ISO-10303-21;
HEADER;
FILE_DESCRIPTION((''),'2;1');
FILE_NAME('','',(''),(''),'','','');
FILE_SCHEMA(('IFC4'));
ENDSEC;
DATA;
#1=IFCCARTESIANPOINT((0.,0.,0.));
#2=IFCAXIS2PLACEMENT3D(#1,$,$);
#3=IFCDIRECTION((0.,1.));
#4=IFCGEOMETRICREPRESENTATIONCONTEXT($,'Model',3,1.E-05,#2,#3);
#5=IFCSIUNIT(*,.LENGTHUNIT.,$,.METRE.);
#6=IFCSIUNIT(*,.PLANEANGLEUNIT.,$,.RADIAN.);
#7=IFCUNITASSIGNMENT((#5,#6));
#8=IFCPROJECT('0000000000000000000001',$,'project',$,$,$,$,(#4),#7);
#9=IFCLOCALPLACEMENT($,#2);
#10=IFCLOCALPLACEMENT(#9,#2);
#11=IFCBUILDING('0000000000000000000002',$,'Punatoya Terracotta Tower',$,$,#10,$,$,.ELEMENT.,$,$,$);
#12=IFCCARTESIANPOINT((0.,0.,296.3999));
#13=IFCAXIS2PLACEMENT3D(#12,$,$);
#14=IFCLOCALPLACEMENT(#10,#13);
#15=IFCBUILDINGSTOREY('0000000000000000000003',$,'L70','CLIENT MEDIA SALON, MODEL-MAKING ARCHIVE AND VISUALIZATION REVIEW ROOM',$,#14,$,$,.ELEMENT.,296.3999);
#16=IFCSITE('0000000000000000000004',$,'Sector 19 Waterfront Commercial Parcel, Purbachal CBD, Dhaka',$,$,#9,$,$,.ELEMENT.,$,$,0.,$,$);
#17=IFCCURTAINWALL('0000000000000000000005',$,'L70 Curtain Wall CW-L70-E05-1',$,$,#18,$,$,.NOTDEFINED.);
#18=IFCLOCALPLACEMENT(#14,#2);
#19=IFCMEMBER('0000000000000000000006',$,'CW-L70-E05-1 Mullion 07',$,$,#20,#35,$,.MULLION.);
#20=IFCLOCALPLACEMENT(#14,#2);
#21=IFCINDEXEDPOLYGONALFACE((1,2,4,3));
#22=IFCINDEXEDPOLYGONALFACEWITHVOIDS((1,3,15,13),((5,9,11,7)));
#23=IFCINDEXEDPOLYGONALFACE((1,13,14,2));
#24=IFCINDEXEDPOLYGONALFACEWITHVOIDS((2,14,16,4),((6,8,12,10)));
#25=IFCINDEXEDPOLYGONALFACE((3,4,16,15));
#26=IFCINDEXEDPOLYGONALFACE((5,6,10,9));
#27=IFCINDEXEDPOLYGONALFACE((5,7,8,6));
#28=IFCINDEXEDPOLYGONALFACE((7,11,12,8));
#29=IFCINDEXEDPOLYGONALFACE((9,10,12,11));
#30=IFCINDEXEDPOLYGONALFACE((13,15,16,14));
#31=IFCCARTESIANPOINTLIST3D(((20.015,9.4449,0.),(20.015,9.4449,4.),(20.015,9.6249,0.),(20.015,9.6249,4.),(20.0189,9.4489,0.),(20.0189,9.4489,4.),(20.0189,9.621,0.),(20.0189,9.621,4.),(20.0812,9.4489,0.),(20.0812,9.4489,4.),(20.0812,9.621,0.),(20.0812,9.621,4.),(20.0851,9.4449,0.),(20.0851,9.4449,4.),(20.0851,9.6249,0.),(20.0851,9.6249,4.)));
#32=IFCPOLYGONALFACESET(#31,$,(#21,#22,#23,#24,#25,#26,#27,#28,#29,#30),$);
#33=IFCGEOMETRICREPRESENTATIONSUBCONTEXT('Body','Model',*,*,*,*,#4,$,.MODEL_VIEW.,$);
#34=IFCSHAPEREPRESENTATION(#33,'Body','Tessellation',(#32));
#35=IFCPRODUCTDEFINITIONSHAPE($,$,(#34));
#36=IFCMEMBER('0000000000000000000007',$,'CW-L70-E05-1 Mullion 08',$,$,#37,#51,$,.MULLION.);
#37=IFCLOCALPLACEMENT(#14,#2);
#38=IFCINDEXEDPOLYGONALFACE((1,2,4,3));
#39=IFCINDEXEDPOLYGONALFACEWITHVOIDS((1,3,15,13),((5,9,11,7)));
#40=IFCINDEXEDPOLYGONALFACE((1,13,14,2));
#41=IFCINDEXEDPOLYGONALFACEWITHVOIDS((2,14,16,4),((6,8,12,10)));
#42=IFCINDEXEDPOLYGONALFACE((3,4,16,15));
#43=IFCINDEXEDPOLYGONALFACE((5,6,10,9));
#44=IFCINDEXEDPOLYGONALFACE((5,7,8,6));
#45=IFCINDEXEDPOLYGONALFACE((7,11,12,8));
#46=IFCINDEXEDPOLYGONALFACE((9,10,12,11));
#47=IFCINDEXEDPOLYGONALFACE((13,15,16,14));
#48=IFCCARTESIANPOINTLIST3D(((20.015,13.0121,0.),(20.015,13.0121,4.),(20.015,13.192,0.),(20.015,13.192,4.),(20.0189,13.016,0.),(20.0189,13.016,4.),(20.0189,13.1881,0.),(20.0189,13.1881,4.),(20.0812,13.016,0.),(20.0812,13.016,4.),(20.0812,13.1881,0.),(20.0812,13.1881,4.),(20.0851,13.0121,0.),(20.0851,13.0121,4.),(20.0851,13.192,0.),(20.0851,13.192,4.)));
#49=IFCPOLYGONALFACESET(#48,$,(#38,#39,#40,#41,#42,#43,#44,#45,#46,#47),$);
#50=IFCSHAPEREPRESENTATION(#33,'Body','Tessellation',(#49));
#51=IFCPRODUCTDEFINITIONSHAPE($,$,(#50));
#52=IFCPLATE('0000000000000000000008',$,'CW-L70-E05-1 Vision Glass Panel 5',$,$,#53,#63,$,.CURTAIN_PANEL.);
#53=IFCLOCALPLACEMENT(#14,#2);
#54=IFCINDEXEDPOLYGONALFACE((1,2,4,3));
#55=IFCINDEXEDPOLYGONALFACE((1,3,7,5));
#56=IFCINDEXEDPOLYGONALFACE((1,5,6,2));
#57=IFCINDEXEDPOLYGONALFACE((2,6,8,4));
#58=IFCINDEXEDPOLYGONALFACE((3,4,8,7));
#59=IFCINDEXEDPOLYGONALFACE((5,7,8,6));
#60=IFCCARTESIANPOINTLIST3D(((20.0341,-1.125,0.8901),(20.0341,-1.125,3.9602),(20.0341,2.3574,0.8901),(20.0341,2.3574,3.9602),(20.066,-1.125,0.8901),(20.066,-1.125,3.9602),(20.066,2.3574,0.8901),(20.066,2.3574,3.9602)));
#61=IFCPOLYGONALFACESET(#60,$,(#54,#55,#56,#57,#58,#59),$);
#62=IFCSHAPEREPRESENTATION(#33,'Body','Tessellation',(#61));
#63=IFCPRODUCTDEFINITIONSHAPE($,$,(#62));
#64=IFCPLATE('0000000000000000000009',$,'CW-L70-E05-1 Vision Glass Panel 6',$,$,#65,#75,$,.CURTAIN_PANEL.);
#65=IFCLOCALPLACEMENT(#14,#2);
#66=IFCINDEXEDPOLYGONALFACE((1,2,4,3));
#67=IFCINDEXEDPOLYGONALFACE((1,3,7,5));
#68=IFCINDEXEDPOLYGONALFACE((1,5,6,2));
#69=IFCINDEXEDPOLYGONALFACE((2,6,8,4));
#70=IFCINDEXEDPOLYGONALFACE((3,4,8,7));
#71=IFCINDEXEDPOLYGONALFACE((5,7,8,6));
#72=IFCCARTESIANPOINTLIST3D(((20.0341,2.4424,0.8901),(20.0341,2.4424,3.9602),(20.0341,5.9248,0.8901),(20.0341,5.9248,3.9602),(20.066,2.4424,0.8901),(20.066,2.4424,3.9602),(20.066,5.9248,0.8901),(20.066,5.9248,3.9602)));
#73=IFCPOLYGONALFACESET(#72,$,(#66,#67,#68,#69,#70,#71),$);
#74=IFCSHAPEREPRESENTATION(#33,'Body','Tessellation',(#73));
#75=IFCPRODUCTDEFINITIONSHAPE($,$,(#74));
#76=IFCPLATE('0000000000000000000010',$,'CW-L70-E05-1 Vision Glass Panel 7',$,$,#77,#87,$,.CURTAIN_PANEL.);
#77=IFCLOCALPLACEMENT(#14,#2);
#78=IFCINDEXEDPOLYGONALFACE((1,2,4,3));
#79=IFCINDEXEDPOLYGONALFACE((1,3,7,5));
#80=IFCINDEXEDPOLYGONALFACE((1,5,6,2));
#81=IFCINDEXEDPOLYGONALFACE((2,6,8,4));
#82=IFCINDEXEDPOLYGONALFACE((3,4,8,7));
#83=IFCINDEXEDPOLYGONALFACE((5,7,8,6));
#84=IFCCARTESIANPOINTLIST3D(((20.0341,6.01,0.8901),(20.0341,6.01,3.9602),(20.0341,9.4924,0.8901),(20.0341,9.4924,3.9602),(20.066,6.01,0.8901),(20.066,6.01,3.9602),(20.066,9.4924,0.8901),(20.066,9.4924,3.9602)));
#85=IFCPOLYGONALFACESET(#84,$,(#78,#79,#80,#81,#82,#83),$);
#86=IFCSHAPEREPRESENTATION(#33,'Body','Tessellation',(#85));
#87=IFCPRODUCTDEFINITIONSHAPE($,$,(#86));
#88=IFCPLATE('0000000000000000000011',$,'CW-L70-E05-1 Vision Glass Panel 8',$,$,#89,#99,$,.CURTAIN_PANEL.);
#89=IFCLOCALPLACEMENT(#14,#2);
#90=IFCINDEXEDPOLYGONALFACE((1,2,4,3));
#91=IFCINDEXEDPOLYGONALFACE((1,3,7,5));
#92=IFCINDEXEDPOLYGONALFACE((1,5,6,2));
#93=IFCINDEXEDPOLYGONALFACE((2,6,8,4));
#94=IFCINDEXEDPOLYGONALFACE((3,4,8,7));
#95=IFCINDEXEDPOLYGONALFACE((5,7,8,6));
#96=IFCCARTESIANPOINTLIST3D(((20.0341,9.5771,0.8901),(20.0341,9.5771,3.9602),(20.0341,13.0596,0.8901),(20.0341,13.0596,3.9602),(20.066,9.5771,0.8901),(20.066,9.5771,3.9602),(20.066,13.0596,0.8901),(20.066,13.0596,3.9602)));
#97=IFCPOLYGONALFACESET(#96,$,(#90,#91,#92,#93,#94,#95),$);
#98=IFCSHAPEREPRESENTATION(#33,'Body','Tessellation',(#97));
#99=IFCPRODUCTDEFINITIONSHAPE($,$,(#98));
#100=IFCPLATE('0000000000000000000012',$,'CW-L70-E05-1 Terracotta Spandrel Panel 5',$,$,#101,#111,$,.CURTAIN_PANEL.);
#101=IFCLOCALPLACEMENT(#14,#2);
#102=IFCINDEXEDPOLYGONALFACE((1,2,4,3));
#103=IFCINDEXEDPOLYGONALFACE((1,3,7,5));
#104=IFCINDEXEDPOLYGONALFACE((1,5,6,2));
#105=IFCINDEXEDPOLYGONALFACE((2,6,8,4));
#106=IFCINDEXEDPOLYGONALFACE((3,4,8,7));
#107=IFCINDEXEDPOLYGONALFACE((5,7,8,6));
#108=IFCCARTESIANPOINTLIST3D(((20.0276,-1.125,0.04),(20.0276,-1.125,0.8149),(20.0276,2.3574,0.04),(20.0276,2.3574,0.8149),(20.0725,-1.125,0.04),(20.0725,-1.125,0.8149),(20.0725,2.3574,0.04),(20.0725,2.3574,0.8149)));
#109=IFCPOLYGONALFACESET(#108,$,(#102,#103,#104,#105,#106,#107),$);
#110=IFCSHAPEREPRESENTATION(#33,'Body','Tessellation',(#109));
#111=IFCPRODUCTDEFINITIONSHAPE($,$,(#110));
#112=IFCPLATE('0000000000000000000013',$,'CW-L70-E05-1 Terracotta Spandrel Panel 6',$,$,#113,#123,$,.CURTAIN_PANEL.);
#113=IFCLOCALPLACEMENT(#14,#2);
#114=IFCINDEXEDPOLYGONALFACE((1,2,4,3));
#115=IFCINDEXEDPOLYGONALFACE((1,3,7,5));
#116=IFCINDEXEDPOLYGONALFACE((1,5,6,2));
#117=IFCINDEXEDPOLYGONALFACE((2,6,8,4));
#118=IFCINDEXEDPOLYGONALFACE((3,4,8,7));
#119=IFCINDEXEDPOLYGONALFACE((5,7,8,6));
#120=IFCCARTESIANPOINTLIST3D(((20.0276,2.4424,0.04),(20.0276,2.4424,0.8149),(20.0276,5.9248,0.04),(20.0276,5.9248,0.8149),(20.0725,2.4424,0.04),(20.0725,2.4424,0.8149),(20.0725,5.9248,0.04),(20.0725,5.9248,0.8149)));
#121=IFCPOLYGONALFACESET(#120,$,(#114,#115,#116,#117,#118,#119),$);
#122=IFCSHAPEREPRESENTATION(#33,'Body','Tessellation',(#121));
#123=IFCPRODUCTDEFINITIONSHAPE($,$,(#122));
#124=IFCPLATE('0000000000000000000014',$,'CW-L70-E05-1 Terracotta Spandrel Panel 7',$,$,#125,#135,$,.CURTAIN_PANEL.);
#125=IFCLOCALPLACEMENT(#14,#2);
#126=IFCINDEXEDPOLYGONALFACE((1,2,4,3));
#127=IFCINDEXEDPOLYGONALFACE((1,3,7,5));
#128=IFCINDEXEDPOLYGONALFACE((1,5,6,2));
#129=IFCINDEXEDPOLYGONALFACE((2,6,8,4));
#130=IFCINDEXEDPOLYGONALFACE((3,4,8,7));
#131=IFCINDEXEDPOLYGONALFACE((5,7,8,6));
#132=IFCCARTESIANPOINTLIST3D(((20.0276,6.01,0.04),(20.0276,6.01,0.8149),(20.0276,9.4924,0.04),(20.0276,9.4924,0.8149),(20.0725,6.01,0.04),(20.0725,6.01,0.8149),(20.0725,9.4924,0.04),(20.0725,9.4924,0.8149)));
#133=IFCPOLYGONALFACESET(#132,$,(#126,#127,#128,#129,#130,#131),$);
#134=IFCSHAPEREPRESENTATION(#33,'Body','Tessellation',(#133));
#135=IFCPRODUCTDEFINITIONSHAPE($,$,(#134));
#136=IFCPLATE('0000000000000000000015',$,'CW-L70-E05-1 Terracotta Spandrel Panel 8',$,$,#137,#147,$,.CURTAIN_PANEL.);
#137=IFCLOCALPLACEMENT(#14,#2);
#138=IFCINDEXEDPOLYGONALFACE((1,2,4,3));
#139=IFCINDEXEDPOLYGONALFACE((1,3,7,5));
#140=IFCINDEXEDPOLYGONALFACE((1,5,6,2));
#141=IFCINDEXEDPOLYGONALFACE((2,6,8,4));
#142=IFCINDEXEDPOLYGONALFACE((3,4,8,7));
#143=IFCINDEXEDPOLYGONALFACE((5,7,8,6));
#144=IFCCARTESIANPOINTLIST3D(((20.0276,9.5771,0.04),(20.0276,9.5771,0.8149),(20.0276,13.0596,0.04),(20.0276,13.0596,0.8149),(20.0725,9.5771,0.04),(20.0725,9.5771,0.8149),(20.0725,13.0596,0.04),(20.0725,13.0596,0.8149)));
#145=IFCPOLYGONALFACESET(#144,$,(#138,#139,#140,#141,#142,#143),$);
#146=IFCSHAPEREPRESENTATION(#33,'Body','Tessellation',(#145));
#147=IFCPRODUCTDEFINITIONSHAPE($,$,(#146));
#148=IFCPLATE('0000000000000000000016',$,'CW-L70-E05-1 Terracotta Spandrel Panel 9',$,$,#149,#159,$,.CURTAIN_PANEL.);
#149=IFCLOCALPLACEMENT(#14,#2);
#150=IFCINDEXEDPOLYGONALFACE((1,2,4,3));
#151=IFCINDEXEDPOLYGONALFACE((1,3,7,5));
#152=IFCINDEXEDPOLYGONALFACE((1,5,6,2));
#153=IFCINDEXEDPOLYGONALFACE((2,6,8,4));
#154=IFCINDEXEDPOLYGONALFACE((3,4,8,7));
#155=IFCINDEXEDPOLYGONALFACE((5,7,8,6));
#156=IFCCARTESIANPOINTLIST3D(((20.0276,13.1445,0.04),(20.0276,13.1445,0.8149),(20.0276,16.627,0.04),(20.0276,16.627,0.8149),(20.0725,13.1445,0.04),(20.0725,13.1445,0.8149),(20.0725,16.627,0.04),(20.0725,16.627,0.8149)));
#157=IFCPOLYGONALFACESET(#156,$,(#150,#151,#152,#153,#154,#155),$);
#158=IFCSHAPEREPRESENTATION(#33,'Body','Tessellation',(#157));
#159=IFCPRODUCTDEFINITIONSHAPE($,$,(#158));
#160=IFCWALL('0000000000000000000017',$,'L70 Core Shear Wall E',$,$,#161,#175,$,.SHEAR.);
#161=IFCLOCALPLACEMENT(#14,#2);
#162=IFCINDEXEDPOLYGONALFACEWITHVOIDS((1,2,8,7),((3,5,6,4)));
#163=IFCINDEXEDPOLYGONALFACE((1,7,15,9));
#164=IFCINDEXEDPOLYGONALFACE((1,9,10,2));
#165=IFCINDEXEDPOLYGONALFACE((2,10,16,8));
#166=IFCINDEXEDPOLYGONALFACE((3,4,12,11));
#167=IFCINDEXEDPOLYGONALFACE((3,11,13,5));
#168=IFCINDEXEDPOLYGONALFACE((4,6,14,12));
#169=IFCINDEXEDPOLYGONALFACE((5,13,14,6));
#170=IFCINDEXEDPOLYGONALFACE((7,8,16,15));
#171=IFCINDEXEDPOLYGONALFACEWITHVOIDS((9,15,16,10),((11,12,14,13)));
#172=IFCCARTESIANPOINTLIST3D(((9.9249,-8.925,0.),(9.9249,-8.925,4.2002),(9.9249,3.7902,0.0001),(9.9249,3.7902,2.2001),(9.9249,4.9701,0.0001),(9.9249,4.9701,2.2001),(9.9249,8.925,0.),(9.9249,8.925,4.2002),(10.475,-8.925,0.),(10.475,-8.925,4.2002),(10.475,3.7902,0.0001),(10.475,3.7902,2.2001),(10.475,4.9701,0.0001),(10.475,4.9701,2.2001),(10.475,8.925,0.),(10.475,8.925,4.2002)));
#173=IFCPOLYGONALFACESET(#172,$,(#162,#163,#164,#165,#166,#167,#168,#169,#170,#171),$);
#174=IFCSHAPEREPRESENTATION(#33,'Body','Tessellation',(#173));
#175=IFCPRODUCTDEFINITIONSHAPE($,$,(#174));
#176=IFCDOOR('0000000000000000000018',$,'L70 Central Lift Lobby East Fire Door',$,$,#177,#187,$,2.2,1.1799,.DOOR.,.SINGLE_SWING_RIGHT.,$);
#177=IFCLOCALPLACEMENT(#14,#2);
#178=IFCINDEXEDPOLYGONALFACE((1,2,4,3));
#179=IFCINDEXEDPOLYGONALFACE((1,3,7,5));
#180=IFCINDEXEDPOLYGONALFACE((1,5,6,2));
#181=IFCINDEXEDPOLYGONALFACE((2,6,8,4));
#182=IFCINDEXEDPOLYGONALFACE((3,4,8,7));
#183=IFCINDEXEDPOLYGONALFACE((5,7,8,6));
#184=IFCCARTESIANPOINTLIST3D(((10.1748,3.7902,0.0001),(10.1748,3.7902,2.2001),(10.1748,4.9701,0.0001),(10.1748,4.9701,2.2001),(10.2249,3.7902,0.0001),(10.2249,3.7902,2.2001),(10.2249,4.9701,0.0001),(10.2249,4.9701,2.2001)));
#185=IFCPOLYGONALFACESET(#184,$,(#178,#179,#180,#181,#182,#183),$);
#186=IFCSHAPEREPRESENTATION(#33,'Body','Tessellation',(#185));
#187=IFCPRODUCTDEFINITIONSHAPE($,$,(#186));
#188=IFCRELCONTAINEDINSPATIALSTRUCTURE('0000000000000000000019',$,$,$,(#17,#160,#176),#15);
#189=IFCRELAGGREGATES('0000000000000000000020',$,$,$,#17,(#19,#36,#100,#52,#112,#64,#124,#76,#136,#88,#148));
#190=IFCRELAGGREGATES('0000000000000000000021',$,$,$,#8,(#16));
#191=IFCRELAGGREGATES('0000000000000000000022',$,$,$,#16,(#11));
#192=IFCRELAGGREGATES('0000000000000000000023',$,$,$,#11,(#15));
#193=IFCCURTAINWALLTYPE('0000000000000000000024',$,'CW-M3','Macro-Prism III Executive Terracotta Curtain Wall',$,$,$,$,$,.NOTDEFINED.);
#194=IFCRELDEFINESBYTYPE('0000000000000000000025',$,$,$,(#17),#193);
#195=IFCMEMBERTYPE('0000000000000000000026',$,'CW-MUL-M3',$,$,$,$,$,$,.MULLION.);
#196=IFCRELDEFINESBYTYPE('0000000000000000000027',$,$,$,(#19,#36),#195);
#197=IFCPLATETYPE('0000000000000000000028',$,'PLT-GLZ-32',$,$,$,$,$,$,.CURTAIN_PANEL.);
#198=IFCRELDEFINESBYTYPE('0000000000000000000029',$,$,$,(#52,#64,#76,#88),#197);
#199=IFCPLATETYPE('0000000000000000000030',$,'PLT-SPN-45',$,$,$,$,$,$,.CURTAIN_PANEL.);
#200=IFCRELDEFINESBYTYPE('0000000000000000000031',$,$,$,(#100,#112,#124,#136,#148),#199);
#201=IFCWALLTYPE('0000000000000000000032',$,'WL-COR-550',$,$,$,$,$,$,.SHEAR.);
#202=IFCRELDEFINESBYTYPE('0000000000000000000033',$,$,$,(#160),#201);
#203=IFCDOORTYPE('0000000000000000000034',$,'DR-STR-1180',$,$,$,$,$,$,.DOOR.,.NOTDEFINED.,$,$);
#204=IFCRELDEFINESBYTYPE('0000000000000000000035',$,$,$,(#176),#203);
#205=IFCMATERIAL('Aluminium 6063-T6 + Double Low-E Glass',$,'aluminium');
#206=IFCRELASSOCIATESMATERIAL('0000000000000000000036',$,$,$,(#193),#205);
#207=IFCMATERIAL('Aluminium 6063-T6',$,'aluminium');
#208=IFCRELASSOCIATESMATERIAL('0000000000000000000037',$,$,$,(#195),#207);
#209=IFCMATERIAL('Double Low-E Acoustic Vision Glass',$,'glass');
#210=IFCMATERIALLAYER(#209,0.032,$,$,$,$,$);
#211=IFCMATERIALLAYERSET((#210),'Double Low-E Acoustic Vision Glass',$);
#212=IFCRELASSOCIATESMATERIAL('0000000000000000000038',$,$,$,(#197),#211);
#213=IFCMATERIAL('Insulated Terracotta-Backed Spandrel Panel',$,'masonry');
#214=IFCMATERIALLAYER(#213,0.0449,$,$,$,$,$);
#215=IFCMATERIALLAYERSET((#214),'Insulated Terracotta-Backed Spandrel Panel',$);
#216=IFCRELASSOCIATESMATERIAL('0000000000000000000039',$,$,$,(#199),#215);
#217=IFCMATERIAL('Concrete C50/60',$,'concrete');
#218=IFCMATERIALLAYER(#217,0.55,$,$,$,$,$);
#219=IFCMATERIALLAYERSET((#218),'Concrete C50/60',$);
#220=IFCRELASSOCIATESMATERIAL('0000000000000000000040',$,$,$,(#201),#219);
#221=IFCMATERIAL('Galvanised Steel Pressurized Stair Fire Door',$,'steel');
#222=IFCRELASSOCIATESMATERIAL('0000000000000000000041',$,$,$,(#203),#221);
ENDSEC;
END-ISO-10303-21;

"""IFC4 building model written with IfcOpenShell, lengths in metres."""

from ifc_helpers import new_model, si_unit, direction, frame, frame_2d, origin, origin_2d, place, context, subcontext, project, spatial, rectangle, hollow_rectangle, extrude, material, layer, layer_set, material_profile, profile_set, type_object, element, fill, aggregate, save


model = new_model("IFC4")

# Units and contexts
model_context = context("Model", 3, precision=1e-05, world=origin(), true_north=direction((0.0, 1.0)))
body_context = subcontext(model_context, "Body", "Model", "MODEL_VIEW")
ifc_project = project(units=[si_unit("LENGTHUNIT", "METRE"), si_unit("PLANEANGLEUNIT", "RADIAN")], contexts=[model_context])

# Site, building, storey
site_placement = place(None, origin())
site = spatial("IfcSite", under=ifc_project, at=site_placement, Name="Sector 19 Waterfront Commercial Parcel, Purbachal CBD, Dhaka", CompositionType="ELEMENT", RefElevation=0.0)
building_placement = place(site_placement, origin())
building = spatial("IfcBuilding", under=site, at=building_placement, Name="Punatoya Terracotta Tower", CompositionType="ELEMENT")
storey_placement = place(building_placement, frame((0.0, 0.0, 296.3999)))
storey = spatial("IfcBuildingStorey", under=building, at=storey_placement, Name="L70", Description="CLIENT MEDIA SALON, MODEL-MAKING ARCHIVE AND VISUALIZATION REVIEW ROOM", CompositionType="ELEMENT", Elevation=296.3999)

# Curtain wall, members, plates
ifc_material_1 = material(Name="Aluminium 6063-T6 + Double Low-E Glass", Category="aluminium")
curtain_wall_type = type_object("IfcCurtainWallType", Name="CW-M3", Description="Macro-Prism III Executive Terracotta Curtain Wall", PredefinedType="NOTDEFINED", material=ifc_material_1)
curtain_wall_placement = place(storey_placement, origin())
curtain_wall = element("IfcCurtainWall", 1, at=curtain_wall_placement, inside=storey, type_object=curtain_wall_type, Name="L70 Curtain Wall CW-L70-E05-1", PredefinedType="NOTDEFINED")
ifc_material_2 = material(Name="Aluminium 6063-T6", Category="aluminium")
ifc_material_profile_1 = material_profile(ifc_material_2, hollow_rectangle(XDim=0.0701, YDim=0.1799, WallThickness=0.0039, at=origin_2d()))
ifc_profile_set_1 = profile_set([ifc_material_profile_1], Name="Aluminium 6063-T6")
member_type = type_object("IfcMemberType", Name="CW-MUL-M3", PredefinedType="MULLION", material=ifc_profile_set_1)
member_1_placement = place(storey_placement, frame((20.05, 9.5349, 0.0), z_axis=(0.0, 0.0, 1.0), x_axis=(1.0, 0.0, 0.0)))
member_1 = element("IfcMember", 2, at=member_1_placement, type_object=member_type, Name="CW-L70-E05-1 Mullion 07", PredefinedType="MULLION", context=body_context, shape_type="SweptSolid", body=[
    extrude(hollow_rectangle(XDim=0.0701, YDim=0.1799, WallThickness=0.0039, at=origin_2d()), origin(), (0.0, 0.0, 1.0), 4.0),
])
member_2_placement = place(storey_placement, frame((20.05, 13.1021, 0.0), z_axis=(0.0, 0.0, 1.0), x_axis=(1.0, 0.0, 0.0)))
member_2 = element("IfcMember", 3, at=member_2_placement, type_object=member_type, Name="CW-L70-E05-1 Mullion 08", PredefinedType="MULLION", context=body_context, shape_type="SweptSolid", body=[
    extrude(hollow_rectangle(XDim=0.0701, YDim=0.1799, WallThickness=0.0039, at=origin_2d()), origin(), (0.0, 0.0, 1.0), 4.0),
])
ifc_material_3 = material(Name="Double Low-E Acoustic Vision Glass", Category="glass")
ifc_layer_1 = layer(ifc_material_3, 0.032)
ifc_layer_set_1 = layer_set([ifc_layer_1], Name="Double Low-E Acoustic Vision Glass")
plate_type_1 = type_object("IfcPlateType", Name="PLT-GLZ-32", PredefinedType="CURTAIN_PANEL", material=ifc_layer_set_1)
plate_1_placement = place(storey_placement, frame((20.05, 0.6162, 0.8901), z_axis=(0.0, 0.0, 1.0), x_axis=(0.0, 1.0, 0.0)))
plate_1 = element("IfcPlate", 4, at=plate_1_placement, type_object=plate_type_1, Name="CW-L70-E05-1 Vision Glass Panel 5", PredefinedType="CURTAIN_PANEL", context=body_context, shape_type="SweptSolid", body=[
    extrude(rectangle(XDim=3.4824, YDim=0.032, at=origin_2d()), origin(), (0.0, 0.0, 1.0), 3.0701),
])
plate_2_placement = place(storey_placement, frame((20.05, 4.1836, 0.8901), z_axis=(0.0, 0.0, 1.0), x_axis=(0.0, 1.0, 0.0)))
plate_2 = element("IfcPlate", 5, at=plate_2_placement, type_object=plate_type_1, Name="CW-L70-E05-1 Vision Glass Panel 6", PredefinedType="CURTAIN_PANEL", context=body_context, shape_type="SweptSolid", body=[
    extrude(rectangle(XDim=3.4824, YDim=0.032, at=origin_2d()), origin(), (0.0, 0.0, 1.0), 3.0701),
])
plate_3_placement = place(storey_placement, frame((20.05, 7.7512, 0.8901), z_axis=(0.0, 0.0, 1.0), x_axis=(0.0, 1.0, 0.0)))
plate_3 = element("IfcPlate", 6, at=plate_3_placement, type_object=plate_type_1, Name="CW-L70-E05-1 Vision Glass Panel 7", PredefinedType="CURTAIN_PANEL", context=body_context, shape_type="SweptSolid", body=[
    extrude(rectangle(XDim=3.4824, YDim=0.032, at=origin_2d()), origin(), (0.0, 0.0, 1.0), 3.0701),
])
plate_4_placement = place(storey_placement, frame((20.05, 11.3184, 0.8901), z_axis=(0.0, 0.0, 1.0), x_axis=(0.0, 1.0, 0.0)))
plate_4 = element("IfcPlate", 7, at=plate_4_placement, type_object=plate_type_1, Name="CW-L70-E05-1 Vision Glass Panel 8", PredefinedType="CURTAIN_PANEL", context=body_context, shape_type="SweptSolid", body=[
    extrude(rectangle(XDim=3.4824, YDim=0.032, at=origin_2d()), origin(), (0.0, 0.0, 1.0), 3.0701),
])
ifc_material_4 = material(Name="Insulated Terracotta-Backed Spandrel Panel", Category="masonry")
ifc_layer_2 = layer(ifc_material_4, 0.0449)
ifc_layer_set_2 = layer_set([ifc_layer_2], Name="Insulated Terracotta-Backed Spandrel Panel")
plate_type_2 = type_object("IfcPlateType", Name="PLT-SPN-45", PredefinedType="CURTAIN_PANEL", material=ifc_layer_set_2)
plate_5_placement = place(storey_placement, frame((20.05, 0.6162, 0.04), z_axis=(0.0, 0.0, 1.0), x_axis=(0.0, 1.0, 0.0)))
plate_5 = element("IfcPlate", 8, at=plate_5_placement, type_object=plate_type_2, Name="CW-L70-E05-1 Terracotta Spandrel Panel 5", PredefinedType="CURTAIN_PANEL", context=body_context, shape_type="SweptSolid", body=[
    extrude(rectangle(XDim=3.4824, YDim=0.0449, at=origin_2d()), origin(), (0.0, 0.0, 1.0), 0.7749),
])
plate_6_placement = place(storey_placement, frame((20.05, 4.1836, 0.04), z_axis=(0.0, 0.0, 1.0), x_axis=(0.0, 1.0, 0.0)))
plate_6 = element("IfcPlate", 9, at=plate_6_placement, type_object=plate_type_2, Name="CW-L70-E05-1 Terracotta Spandrel Panel 6", PredefinedType="CURTAIN_PANEL", context=body_context, shape_type="SweptSolid", body=[
    extrude(rectangle(XDim=3.4824, YDim=0.0449, at=origin_2d()), origin(), (0.0, 0.0, 1.0), 0.7749),
])
plate_7_placement = place(storey_placement, frame((20.05, 7.7512, 0.04), z_axis=(0.0, 0.0, 1.0), x_axis=(0.0, 1.0, 0.0)))
plate_7 = element("IfcPlate", 10, at=plate_7_placement, type_object=plate_type_2, Name="CW-L70-E05-1 Terracotta Spandrel Panel 7", PredefinedType="CURTAIN_PANEL", context=body_context, shape_type="SweptSolid", body=[
    extrude(rectangle(XDim=3.4824, YDim=0.0449, at=origin_2d()), origin(), (0.0, 0.0, 1.0), 0.7749),
])
plate_8_placement = place(storey_placement, frame((20.05, 11.3184, 0.04), z_axis=(0.0, 0.0, 1.0), x_axis=(0.0, 1.0, 0.0)))
plate_8 = element("IfcPlate", 11, at=plate_8_placement, type_object=plate_type_2, Name="CW-L70-E05-1 Terracotta Spandrel Panel 8", PredefinedType="CURTAIN_PANEL", context=body_context, shape_type="SweptSolid", body=[
    extrude(rectangle(XDim=3.4824, YDim=0.0449, at=origin_2d()), origin(), (0.0, 0.0, 1.0), 0.7749),
])
plate_9_placement = place(storey_placement, frame((20.05, 14.8857, 0.04), z_axis=(0.0, 0.0, 1.0), x_axis=(0.0, 1.0, 0.0)))
plate_9 = element("IfcPlate", 12, at=plate_9_placement, type_object=plate_type_2, Name="CW-L70-E05-1 Terracotta Spandrel Panel 9", PredefinedType="CURTAIN_PANEL", context=body_context, shape_type="SweptSolid", body=[
    extrude(rectangle(XDim=3.4824, YDim=0.0449, at=origin_2d()), origin(), (0.0, 0.0, 1.0), 0.7749),
])
aggregate(curtain_wall, [member_1, member_2, plate_5, plate_1, plate_6, plate_2, plate_7, plate_3, plate_8, plate_4, plate_9])

# Wall, opening, door
ifc_material_5 = material(Name="Concrete C50/60", Category="concrete")
ifc_layer_3 = layer(ifc_material_5, 0.55)
ifc_layer_set_3 = layer_set([ifc_layer_3], Name="Concrete C50/60")
wall_type_1 = type_object("IfcWallType", Name="WL-COR-550", PredefinedType="SHEAR", material=ifc_layer_set_3)
wall_1_placement = place(storey_placement, frame((10.2, 8.925, 0.0), z_axis=(0.0, 0.0, 1.0), x_axis=(0.0, -1.0, 0.0)))
wall_1 = element("IfcWall", 13, at=wall_1_placement, inside=storey, type_object=wall_type_1, Name="L70 Core Shear Wall E", PredefinedType="SHEAR", context=body_context, shape_type="SweptSolid", body=[
    extrude(rectangle(XDim=17.8501, YDim=0.55, at=frame_2d((8.925, 0.0))), origin(), (0.0, 0.0, 1.0), 4.2002),
])
opening_1_placement = place(wall_1_placement, frame((3.9551, 0.0, 0.0)))
opening_1 = element("IfcOpeningElement", 14, at=opening_1_placement, cuts=wall_1, PredefinedType="OPENING", context=body_context, shape_type="SweptSolid", body=[
    extrude(rectangle(XDim=1.1799, YDim=2.2, at=frame_2d((0.5898, 1.1001))), frame((0.0, 0.2849, 0.0), z_axis=(0.0, -1.0, 0.0), x_axis=(1.0, 0.0, 0.0)), (0.0, 0.0, 1.0), 0.5701),
])
ifc_material_6 = material(Name="Galvanised Steel Pressurized Stair Fire Door", Category="steel")
door_type_1 = type_object("IfcDoorType", Name="DR-STR-1180", OperationType="NOTDEFINED", PredefinedType="DOOR", material=ifc_material_6)
door_1_placement = place(opening_1_placement, origin())
door_1 = element("IfcDoor", 15, at=door_1_placement, inside=storey, type_object=door_type_1, Name="L70 Central Lift Lobby East Fire Door", OperationType="SINGLE_SWING_RIGHT", OverallHeight=2.2, OverallWidth=1.1799, PredefinedType="DOOR", context=body_context, shape_type="SweptSolid", body=[
    extrude(rectangle(XDim=1.1799, YDim=2.2, at=frame_2d((0.5898, 1.1001))), frame((0.0, 0.0249, 0.0), z_axis=(0.0, -1.0, 0.0), x_axis=(1.0, 0.0, 0.0)), (0.0, 0.0, 1.0), 0.05),
])
fill(opening_1, door_1)

save(model, "model.ifc")
